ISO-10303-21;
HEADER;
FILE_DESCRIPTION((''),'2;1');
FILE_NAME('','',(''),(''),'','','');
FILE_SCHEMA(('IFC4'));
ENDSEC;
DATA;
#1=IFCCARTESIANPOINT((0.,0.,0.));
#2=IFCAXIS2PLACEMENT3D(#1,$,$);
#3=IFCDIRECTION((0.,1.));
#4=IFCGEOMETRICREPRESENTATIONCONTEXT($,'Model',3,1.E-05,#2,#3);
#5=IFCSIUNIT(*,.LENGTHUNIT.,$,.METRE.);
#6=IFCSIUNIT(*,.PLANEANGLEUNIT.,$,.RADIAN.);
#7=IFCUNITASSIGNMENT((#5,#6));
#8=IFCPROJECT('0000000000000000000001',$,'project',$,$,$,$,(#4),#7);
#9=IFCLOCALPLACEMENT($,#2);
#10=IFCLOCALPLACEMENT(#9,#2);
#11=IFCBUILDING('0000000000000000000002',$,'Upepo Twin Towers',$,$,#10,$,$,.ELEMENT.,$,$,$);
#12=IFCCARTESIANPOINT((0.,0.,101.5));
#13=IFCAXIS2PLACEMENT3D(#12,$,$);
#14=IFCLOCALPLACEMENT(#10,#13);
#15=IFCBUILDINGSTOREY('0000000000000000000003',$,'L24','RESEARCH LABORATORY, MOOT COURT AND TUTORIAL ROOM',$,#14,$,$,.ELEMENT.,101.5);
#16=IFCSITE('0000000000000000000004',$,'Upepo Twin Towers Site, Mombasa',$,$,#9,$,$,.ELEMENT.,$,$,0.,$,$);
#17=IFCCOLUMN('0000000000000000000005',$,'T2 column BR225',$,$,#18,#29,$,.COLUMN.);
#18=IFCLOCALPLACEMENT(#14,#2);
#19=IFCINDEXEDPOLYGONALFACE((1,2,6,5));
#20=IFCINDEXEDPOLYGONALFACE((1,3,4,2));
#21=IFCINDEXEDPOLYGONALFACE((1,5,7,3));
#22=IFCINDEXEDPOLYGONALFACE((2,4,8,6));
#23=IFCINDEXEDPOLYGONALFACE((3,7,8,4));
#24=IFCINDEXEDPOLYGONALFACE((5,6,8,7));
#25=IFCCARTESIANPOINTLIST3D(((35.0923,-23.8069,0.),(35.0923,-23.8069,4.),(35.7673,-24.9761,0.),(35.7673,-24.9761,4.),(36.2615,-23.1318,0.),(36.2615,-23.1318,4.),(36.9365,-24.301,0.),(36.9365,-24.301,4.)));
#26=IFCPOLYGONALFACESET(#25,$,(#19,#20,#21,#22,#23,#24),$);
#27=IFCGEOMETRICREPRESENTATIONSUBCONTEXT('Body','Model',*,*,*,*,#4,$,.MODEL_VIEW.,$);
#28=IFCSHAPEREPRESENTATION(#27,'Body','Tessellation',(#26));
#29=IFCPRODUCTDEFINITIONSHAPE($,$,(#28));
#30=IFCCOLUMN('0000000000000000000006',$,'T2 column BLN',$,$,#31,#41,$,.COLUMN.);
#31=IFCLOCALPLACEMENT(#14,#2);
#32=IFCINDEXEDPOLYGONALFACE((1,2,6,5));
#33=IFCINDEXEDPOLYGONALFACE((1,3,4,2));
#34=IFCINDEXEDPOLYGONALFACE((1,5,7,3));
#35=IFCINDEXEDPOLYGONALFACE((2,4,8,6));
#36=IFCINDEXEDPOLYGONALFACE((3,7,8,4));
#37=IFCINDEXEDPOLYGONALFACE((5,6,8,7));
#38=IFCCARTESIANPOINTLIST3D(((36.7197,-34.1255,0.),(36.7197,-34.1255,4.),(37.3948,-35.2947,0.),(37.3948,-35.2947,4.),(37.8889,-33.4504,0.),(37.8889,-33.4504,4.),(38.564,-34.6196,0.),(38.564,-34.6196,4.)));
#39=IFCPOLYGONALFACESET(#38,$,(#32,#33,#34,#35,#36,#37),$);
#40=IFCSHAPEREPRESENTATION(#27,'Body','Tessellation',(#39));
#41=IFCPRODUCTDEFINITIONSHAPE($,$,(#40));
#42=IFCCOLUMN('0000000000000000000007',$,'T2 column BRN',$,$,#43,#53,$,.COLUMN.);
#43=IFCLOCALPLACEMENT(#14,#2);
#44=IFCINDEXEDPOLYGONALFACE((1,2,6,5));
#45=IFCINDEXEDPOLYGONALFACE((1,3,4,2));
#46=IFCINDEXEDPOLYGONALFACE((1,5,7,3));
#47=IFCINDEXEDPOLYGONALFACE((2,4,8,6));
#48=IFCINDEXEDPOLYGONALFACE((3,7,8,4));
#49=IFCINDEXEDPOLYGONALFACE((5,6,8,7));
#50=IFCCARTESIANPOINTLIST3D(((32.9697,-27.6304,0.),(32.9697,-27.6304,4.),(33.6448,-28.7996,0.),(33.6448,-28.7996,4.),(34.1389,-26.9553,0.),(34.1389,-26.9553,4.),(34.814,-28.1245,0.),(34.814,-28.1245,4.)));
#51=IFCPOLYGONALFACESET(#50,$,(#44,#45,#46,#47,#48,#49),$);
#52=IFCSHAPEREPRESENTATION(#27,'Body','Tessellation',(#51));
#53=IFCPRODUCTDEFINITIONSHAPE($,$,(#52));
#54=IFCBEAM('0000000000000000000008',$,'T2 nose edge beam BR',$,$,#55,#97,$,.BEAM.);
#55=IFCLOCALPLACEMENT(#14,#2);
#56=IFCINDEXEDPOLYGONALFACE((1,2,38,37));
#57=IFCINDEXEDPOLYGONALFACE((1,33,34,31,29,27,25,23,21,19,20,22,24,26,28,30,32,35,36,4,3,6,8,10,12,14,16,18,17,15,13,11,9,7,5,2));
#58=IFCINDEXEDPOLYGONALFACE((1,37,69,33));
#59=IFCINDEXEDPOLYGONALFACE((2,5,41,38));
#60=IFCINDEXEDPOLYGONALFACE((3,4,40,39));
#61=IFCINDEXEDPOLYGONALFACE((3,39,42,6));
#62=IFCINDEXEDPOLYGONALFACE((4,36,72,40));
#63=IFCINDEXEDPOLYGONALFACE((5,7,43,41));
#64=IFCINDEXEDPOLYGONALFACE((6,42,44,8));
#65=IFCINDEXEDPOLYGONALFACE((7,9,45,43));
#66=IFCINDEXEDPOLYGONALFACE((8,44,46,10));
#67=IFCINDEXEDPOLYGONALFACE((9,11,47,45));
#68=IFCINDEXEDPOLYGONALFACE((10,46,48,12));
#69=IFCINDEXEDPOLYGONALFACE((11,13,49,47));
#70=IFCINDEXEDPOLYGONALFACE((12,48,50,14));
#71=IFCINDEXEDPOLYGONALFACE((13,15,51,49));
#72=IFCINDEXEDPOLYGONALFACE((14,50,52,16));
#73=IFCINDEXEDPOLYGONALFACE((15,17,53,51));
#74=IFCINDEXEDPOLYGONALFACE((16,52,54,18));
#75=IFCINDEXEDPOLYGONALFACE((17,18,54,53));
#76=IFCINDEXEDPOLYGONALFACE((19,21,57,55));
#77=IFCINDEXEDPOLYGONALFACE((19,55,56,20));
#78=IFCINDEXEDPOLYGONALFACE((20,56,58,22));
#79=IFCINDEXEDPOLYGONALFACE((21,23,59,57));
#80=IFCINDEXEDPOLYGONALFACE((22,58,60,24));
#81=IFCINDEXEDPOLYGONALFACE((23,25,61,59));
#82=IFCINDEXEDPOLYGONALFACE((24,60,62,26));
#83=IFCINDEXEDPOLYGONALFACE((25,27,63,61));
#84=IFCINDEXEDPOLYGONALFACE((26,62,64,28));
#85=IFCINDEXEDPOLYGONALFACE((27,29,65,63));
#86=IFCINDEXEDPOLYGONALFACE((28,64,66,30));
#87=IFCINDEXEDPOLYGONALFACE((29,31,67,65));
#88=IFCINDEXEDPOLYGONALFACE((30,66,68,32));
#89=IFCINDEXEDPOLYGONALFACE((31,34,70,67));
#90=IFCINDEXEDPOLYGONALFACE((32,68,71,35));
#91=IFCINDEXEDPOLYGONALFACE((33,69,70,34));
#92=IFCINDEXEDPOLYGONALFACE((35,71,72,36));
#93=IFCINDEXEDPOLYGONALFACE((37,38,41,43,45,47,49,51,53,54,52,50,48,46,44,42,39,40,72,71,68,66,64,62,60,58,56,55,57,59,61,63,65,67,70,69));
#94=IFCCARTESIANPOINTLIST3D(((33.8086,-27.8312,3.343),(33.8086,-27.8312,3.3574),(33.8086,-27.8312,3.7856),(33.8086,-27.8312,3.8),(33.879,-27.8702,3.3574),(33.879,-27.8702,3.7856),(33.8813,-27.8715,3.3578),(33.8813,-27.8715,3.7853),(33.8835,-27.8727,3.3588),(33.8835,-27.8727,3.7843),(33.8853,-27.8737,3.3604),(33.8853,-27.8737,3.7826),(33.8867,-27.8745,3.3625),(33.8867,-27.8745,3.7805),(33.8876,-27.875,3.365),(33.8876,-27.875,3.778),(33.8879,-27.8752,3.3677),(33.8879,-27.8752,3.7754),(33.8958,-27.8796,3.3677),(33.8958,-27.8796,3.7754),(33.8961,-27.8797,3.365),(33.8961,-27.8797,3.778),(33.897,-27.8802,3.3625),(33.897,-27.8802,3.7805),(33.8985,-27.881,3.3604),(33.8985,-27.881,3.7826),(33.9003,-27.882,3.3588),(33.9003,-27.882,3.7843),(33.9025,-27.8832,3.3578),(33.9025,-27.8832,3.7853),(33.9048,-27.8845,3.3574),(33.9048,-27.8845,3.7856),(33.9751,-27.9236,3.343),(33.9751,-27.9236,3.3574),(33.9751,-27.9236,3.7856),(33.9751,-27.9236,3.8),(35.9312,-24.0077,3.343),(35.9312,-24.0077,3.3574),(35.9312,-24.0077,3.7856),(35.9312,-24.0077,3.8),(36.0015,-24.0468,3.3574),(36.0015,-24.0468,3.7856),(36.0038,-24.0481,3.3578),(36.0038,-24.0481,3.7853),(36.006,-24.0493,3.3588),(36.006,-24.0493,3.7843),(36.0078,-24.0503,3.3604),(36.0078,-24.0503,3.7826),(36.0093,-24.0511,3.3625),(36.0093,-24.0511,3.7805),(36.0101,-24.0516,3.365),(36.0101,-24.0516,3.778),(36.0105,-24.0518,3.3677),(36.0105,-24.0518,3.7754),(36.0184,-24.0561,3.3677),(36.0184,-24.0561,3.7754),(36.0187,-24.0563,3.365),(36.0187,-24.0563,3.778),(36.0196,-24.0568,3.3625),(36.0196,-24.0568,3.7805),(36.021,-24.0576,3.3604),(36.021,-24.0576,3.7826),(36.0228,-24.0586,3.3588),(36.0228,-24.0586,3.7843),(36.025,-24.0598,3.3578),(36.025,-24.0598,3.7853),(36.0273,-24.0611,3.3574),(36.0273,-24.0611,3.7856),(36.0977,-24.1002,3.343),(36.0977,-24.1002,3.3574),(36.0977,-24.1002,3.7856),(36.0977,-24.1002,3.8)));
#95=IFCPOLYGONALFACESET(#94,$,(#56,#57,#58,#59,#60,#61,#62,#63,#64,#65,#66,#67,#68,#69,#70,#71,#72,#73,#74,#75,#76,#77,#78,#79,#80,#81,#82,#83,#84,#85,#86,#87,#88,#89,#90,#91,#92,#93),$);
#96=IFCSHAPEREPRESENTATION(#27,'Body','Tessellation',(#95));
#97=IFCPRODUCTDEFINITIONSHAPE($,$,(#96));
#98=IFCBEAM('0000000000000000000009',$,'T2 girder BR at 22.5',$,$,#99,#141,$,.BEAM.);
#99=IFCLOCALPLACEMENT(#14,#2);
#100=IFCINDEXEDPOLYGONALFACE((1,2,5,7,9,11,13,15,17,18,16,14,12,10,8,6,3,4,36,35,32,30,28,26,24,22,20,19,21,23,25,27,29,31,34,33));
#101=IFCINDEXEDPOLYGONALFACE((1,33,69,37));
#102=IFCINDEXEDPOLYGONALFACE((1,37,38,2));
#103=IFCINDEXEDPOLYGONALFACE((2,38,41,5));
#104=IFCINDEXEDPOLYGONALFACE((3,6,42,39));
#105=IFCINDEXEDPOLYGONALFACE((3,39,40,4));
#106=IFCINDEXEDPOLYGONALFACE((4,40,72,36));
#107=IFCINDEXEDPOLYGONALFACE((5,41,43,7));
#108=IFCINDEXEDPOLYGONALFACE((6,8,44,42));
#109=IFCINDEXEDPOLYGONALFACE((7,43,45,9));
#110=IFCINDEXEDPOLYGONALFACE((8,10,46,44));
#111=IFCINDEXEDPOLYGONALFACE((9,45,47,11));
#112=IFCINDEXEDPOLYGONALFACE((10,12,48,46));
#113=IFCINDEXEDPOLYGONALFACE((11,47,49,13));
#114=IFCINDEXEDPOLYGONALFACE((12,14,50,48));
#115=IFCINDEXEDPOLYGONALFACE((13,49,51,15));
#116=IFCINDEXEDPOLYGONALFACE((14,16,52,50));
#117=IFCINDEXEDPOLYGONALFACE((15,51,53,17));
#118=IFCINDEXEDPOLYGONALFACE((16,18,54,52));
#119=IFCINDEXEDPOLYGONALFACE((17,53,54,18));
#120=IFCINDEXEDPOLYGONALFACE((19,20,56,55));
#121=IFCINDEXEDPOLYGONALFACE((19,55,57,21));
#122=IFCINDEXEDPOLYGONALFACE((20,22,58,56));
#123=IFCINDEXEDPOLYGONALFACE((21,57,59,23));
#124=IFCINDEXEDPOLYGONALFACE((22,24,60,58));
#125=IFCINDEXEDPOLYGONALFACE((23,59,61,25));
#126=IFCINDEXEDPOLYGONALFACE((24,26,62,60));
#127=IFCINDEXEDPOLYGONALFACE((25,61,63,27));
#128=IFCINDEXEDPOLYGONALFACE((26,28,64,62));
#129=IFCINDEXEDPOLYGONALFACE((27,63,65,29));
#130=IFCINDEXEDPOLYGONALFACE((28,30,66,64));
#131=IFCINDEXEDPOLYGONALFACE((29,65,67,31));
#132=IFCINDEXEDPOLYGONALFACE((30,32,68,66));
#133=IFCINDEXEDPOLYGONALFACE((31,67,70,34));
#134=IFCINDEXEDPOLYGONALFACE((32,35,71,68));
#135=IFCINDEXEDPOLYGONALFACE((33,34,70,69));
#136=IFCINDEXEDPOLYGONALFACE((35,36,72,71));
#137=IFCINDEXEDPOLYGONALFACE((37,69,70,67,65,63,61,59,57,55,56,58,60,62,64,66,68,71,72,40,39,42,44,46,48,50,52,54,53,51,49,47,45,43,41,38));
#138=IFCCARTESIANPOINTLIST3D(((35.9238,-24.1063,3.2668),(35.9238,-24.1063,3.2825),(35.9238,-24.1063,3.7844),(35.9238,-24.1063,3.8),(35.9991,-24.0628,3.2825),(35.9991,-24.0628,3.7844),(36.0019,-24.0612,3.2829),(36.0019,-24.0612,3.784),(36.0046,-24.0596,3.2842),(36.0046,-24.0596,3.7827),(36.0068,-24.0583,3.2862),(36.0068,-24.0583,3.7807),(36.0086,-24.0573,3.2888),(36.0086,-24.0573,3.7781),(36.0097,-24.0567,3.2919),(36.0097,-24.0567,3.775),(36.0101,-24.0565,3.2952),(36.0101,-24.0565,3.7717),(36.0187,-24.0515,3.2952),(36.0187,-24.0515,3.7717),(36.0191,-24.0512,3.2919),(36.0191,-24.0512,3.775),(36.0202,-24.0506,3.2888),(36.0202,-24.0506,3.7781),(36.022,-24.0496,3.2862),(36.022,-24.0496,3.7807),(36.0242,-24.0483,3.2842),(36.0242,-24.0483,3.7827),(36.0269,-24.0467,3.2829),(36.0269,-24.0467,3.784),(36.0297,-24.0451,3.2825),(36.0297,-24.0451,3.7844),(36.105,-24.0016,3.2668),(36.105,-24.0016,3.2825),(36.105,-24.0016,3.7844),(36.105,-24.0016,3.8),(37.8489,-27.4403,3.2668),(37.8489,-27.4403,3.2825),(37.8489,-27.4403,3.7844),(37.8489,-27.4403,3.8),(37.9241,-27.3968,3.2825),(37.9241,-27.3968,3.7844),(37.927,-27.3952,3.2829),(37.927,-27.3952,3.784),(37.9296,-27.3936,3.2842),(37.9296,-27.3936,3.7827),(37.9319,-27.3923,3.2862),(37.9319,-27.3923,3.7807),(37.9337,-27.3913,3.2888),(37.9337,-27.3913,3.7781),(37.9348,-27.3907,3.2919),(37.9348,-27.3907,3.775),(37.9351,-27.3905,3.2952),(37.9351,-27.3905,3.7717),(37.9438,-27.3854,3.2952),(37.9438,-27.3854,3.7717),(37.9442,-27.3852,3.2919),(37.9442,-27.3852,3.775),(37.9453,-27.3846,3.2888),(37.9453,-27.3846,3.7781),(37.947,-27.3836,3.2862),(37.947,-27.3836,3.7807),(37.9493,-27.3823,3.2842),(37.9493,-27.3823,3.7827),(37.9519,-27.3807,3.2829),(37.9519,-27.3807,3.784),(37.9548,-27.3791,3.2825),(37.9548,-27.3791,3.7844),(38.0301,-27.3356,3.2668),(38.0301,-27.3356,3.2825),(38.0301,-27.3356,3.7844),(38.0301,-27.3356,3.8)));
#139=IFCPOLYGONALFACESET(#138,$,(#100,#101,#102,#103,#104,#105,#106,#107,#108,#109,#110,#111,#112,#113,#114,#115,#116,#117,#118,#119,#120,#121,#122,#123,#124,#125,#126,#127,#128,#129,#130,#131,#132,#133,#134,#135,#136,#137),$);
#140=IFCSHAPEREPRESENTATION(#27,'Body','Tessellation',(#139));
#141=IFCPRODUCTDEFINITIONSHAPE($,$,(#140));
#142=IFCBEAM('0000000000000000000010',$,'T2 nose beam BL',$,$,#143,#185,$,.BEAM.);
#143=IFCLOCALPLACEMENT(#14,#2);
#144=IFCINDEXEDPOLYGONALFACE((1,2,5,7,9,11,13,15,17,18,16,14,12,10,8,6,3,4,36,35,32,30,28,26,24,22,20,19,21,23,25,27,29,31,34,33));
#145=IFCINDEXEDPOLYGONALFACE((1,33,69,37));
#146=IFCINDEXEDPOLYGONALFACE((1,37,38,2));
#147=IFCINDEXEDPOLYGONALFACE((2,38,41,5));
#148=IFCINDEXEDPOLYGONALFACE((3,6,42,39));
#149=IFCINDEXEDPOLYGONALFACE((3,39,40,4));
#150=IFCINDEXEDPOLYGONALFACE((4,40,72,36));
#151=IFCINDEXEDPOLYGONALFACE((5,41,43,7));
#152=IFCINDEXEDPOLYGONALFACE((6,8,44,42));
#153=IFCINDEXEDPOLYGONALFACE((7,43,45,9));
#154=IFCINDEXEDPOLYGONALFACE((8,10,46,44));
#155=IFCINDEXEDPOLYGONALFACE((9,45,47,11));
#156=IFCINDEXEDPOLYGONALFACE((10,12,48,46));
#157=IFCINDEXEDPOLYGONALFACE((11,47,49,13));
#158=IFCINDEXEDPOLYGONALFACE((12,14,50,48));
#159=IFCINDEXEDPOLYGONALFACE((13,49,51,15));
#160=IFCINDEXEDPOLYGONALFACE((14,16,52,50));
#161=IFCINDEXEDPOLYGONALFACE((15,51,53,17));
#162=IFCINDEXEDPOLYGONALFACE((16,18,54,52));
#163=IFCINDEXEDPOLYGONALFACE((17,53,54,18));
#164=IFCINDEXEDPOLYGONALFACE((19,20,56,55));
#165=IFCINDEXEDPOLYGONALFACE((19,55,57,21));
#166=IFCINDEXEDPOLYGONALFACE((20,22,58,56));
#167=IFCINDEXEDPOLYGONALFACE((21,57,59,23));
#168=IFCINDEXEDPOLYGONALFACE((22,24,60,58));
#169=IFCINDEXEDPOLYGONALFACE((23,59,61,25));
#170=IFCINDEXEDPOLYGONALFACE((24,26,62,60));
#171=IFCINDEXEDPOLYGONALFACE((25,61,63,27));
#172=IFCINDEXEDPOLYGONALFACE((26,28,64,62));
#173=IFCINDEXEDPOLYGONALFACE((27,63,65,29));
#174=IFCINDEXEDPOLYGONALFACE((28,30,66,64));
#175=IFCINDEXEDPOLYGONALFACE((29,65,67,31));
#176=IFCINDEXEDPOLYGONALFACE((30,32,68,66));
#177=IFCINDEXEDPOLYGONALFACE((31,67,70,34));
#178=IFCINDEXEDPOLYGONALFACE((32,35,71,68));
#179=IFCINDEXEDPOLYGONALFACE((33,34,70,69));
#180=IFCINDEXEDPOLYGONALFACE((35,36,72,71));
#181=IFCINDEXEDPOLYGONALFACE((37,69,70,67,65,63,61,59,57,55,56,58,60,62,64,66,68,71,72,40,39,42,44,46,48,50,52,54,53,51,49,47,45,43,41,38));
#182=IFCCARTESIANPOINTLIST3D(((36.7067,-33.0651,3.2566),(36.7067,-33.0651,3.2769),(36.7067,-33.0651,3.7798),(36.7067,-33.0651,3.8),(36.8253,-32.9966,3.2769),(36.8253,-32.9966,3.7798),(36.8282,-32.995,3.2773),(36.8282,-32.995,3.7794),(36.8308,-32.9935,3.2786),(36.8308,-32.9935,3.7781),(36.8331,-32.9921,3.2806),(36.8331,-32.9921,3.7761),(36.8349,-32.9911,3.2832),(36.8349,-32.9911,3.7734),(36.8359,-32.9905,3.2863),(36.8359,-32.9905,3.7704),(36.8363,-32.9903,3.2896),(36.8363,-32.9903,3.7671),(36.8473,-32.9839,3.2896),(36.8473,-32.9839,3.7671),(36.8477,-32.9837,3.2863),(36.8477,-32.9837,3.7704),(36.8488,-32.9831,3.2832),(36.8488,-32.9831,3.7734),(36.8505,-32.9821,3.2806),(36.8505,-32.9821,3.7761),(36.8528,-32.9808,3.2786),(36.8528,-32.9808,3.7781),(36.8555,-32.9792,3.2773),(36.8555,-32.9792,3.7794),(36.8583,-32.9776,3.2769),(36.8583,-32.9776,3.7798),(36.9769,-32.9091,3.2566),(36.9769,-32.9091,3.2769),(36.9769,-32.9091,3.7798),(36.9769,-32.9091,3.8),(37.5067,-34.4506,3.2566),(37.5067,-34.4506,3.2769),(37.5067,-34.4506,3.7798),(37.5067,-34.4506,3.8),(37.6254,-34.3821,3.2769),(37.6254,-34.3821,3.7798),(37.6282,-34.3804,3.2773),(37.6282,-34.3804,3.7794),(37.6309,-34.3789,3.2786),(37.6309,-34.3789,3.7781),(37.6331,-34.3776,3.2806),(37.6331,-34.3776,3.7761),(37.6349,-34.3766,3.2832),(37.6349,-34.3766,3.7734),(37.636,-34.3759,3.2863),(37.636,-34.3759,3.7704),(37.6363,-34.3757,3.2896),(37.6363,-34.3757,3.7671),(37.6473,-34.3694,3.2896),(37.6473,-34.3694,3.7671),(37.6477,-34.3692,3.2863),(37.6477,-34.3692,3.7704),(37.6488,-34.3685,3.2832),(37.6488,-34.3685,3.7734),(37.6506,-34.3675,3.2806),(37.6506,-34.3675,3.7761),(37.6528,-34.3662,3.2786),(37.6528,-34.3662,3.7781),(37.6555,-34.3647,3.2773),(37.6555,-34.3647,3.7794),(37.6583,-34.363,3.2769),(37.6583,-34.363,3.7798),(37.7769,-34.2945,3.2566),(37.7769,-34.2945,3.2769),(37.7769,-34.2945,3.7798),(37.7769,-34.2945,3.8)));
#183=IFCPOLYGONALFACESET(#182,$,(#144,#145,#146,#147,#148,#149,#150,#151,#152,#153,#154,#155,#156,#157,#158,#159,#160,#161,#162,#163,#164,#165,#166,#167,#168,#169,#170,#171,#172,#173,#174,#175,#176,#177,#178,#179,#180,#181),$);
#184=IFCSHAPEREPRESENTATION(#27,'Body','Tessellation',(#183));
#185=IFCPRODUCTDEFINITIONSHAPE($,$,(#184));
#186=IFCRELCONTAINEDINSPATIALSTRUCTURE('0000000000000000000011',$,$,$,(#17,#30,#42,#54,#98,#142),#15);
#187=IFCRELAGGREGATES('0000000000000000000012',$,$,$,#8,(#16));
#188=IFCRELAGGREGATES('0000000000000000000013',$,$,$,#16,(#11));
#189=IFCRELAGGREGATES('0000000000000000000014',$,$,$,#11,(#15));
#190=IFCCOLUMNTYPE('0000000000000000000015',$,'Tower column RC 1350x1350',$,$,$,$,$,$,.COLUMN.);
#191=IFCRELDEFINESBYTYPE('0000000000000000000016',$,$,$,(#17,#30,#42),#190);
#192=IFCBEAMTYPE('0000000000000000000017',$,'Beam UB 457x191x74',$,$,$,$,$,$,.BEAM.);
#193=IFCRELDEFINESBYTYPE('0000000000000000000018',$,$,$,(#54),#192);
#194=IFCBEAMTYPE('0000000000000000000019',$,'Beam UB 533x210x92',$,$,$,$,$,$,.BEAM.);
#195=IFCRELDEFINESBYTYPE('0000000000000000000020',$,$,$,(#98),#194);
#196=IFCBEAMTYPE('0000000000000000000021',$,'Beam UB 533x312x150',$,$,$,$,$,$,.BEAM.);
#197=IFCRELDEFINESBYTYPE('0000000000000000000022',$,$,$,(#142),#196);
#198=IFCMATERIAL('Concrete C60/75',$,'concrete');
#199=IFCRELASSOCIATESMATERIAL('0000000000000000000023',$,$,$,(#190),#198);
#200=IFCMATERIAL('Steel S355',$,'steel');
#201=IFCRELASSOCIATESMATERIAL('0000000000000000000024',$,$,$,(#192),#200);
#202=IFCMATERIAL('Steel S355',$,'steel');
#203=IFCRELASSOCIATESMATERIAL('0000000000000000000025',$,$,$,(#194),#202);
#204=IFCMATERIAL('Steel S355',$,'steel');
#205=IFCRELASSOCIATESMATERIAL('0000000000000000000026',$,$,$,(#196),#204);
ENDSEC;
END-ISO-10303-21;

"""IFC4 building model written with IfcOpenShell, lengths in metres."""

from ifc_helpers import new_model, si_unit, direction, frame, origin, origin_2d, place, context, subcontext, project, spatial, rectangle, i_section, extrude, material, material_profile, profile_set, type_object, element, save


model = new_model("IFC4")

# Units and contexts
model_context = context("Model", 3, precision=1e-05, world=origin(), true_north=direction((0.0, 1.0)))
body_context = subcontext(model_context, "Body", "Model", "MODEL_VIEW")
ifc_project = project(units=[si_unit("LENGTHUNIT", "METRE"), si_unit("PLANEANGLEUNIT", "RADIAN")], contexts=[model_context])

# Site, building, storey
site_placement = place(None, origin())
site = spatial("IfcSite", under=ifc_project, at=site_placement, Name="Upepo Twin Towers Site, Mombasa", CompositionType="ELEMENT", RefElevation=0.0)
building_placement = place(site_placement, origin())
building = spatial("IfcBuilding", under=site, at=building_placement, Name="Upepo Twin Towers", CompositionType="ELEMENT")
storey_placement = place(building_placement, frame((0.0, 0.0, 101.5)))
storey = spatial("IfcBuildingStorey", under=building, at=storey_placement, Name="L24", Description="RESEARCH LABORATORY, MOOT COURT AND TUTORIAL ROOM", CompositionType="ELEMENT", Elevation=101.5)

# Columns
ifc_material_1 = material(Name="Concrete C60/75", Category="concrete")
ifc_material_profile_1 = material_profile(ifc_material_1, rectangle(XDim=1.3501, YDim=1.3501, at=origin_2d()), Name="RC 1350x1350")
ifc_profile_set_1 = profile_set([ifc_material_profile_1], Name="Concrete C60/75")
column_type = type_object("IfcColumnType", Name="Tower column RC 1350x1350", PredefinedType="COLUMN", material=ifc_profile_set_1)
for number, where, z_axis, x_axis, name in (
    (1, (36.0144, -24.054, 0.0), (0.0, 0.0, 1.0), (0.866025, 0.5, 0.0), "T2 column BR225"),
    (2, (37.6418, -34.3726, 0.0), (0.0, 0.0, 1.0), (0.866025, 0.5, 0.0), "T2 column BLN"),
    (3, (33.8918, -27.8774, 0.0), (0.0, 0.0, 1.0), (0.866025, 0.5, 0.0), "T2 column BRN"),
):
    element("IfcColumn", number, at=place(storey_placement, frame(where, z_axis=z_axis, x_axis=x_axis)), inside=storey, type_object=column_type, Name=name, PredefinedType="COLUMN", context=body_context, shape_type="SweptSolid", body=[
        extrude(rectangle(XDim=1.3501, YDim=1.3501, at=origin_2d()), origin(), (0.0, 0.0, 1.0), 4.0),
    ])

# Beams
ifc_material_2 = material(Name="Steel S355", Category="steel")
ifc_material_profile_2 = material_profile(ifc_material_2, i_section(OverallWidth=0.1904, OverallDepth=0.457, WebThickness=0.009, FlangeThickness=0.0144, FilletRadius=0.0103, at=origin_2d()), Name="UB 457x191x74")
ifc_profile_set_2 = profile_set([ifc_material_profile_2], Name="Steel S355")
beam_type_1 = type_object("IfcBeamType", Name="Beam UB 457x191x74", PredefinedType="BEAM", material=ifc_profile_set_2)
beam_1_placement = place(storey_placement, frame((36.0144, -24.054, 3.5715), z_axis=(-0.485363, -0.874313, 0.0), x_axis=(0.874313, -0.485363, 0.0)))
element("IfcBeam", 4, at=beam_1_placement, inside=storey, type_object=beam_type_1, Name="T2 nose edge beam BR", PredefinedType="BEAM", context=body_context, shape_type="SweptSolid", body=[
    extrude(i_section(OverallWidth=0.1904, OverallDepth=0.457, WebThickness=0.009, FlangeThickness=0.0144, FilletRadius=0.0103, at=origin_2d()), origin(), (0.0, 0.0, 1.0), 4.373),
])
ifc_material_3 = material(Name="Steel S355", Category="steel")
ifc_material_profile_3 = material_profile(ifc_material_3, i_section(OverallWidth=0.2092, OverallDepth=0.5332, WebThickness=0.01, FlangeThickness=0.0156, FilletRadius=0.0127, at=origin_2d()), Name="UB 533x210x92")
ifc_profile_set_3 = profile_set([ifc_material_profile_3], Name="Steel S355")
beam_type_2 = type_object("IfcBeamType", Name="Beam UB 533x210x92", PredefinedType="BEAM", material=ifc_profile_set_3)
beam_2_placement = place(storey_placement, frame((36.0144, -24.054, 3.5334), z_axis=(0.500034, -0.866006, 0.0), x_axis=(0.866006, 0.500034, 0.0)))
element("IfcBeam", 5, at=beam_2_placement, inside=storey, type_object=beam_type_2, Name="T2 girder BR at 22.5", PredefinedType="BEAM", context=body_context, shape_type="SweptSolid", body=[
    extrude(i_section(OverallWidth=0.2092, OverallDepth=0.5332, WebThickness=0.01, FlangeThickness=0.0156, FilletRadius=0.0127, at=origin_2d()), origin(), (0.0, 0.0, 1.0), 3.8499),
])
ifc_material_4 = material(Name="Steel S355", Category="steel")
ifc_material_profile_4 = material_profile(ifc_material_4, i_section(OverallWidth=0.312, OverallDepth=0.5435, WebThickness=0.0127, FlangeThickness=0.0203, FilletRadius=0.0127, at=origin_2d()), Name="UB 533x312x150")
ifc_profile_set_4 = profile_set([ifc_material_profile_4], Name="Steel S355")
beam_type_3 = type_object("IfcBeamType", Name="Beam UB 533x312x150", PredefinedType="BEAM", material=ifc_profile_set_4)
for number, where, z_axis, x_axis, name in (
    (6, (37.6418, -34.3726, 3.5283), (-0.500061, 0.86599, 0.0), (-0.86599, -0.500061, 0.0), "T2 nose beam BL"),
):
    element("IfcBeam", number, at=place(storey_placement, frame(where, z_axis=z_axis, x_axis=x_axis)), inside=storey, type_object=beam_type_3, Name=name, PredefinedType="BEAM", context=body_context, shape_type="SweptSolid", body=[
        extrude(i_section(OverallWidth=0.312, OverallDepth=0.5435, WebThickness=0.0127, FlangeThickness=0.0203, FilletRadius=0.0127, at=origin_2d()), origin(), (0.0, 0.0, 1.0), 1.5999),
    ])

save(model, "model.ifc")
